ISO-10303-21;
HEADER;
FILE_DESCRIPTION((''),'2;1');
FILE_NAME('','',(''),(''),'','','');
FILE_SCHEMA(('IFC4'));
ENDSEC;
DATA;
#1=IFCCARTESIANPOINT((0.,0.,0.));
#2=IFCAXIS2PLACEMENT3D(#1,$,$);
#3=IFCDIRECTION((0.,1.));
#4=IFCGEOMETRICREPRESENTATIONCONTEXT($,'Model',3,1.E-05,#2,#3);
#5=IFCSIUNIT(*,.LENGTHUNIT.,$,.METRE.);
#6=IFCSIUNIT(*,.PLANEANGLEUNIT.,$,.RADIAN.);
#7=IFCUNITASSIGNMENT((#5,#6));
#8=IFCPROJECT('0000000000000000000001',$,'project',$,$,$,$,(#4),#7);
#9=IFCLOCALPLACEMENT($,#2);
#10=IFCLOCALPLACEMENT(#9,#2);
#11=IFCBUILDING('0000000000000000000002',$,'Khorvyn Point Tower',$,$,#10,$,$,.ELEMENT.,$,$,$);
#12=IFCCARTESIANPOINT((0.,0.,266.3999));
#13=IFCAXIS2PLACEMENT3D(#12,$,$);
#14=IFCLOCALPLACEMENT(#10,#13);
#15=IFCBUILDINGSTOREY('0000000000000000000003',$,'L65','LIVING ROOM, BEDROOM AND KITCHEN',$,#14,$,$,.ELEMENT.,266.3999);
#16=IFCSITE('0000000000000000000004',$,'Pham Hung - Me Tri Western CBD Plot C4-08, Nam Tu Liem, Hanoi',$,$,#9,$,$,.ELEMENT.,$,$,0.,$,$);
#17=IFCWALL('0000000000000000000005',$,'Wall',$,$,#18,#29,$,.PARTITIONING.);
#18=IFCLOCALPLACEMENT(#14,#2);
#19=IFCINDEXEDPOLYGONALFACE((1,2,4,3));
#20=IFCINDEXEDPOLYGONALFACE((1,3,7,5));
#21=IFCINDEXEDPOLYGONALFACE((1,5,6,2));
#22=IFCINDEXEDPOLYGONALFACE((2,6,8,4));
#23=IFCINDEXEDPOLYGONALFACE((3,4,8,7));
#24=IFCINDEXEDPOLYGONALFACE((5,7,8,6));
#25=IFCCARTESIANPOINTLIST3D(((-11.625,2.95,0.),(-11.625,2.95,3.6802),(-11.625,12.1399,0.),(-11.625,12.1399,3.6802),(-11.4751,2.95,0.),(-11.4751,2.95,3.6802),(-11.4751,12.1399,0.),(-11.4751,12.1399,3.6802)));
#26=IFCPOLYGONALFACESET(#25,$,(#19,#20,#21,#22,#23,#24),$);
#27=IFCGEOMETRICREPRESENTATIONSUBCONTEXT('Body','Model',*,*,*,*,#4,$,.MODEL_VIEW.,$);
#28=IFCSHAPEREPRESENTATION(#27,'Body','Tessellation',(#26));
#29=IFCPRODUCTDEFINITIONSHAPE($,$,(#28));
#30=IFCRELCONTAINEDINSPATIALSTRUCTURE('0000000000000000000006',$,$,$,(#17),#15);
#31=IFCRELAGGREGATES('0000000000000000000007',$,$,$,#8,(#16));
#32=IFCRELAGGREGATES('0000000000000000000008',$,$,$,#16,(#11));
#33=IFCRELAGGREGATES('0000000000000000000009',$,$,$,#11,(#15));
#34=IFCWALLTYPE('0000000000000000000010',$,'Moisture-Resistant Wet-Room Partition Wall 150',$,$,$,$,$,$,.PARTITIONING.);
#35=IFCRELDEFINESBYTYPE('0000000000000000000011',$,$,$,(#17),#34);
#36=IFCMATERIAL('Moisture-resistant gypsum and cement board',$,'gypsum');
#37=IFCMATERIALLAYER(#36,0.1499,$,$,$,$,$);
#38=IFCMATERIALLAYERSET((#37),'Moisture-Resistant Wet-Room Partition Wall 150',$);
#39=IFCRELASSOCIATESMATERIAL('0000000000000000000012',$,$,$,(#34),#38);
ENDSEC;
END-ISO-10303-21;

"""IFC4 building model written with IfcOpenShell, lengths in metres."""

from ifc_helpers import new_model, si_unit, direction, frame, frame_2d, origin, place, context, subcontext, project, spatial, rectangle, extrude, material, layer, layer_set, type_object, element, save


model = new_model("IFC4")

# Units and contexts
model_context = context("Model", 3, precision=1e-05, world=origin(), true_north=direction((0.0, 1.0)))
body_context = subcontext(model_context, "Body", "Model", "MODEL_VIEW")
ifc_project = project(units=[si_unit("LENGTHUNIT", "METRE"), si_unit("PLANEANGLEUNIT", "RADIAN")], contexts=[model_context])

# Site, building, storey
site_placement = place(None, origin())
site = spatial("IfcSite", under=ifc_project, at=site_placement, Name="Pham Hung - Me Tri Western CBD Plot C4-08, Nam Tu Liem, Hanoi", CompositionType="ELEMENT", RefElevation=0.0)
building_placement = place(site_placement, origin())
building = spatial("IfcBuilding", under=site, at=building_placement, Name="Khorvyn Point Tower", CompositionType="ELEMENT")
storey_placement = place(building_placement, frame((0.0, 0.0, 266.3999)))
storey = spatial("IfcBuildingStorey", under=building, at=storey_placement, Name="L65", Description="LIVING ROOM, BEDROOM AND KITCHEN", CompositionType="ELEMENT", Elevation=266.3999)

# Wall
ifc_material_1 = material(Name="Moisture-resistant gypsum and cement board", Category="gypsum")
ifc_layer_1 = layer(ifc_material_1, 0.1499)
ifc_layer_set_1 = layer_set([ifc_layer_1], Name="Moisture-Resistant Wet-Room Partition Wall 150")
wall_type_1 = type_object("IfcWallType", Name="Moisture-Resistant Wet-Room Partition Wall 150", PredefinedType="PARTITIONING", material=ifc_layer_set_1)
wall_1_placement = place(storey_placement, frame((-11.55, 2.95, 0.0), z_axis=(0.0, 0.0, 1.0), x_axis=(0.0, 1.0, 0.0)))
element("IfcWall", 1, at=wall_1_placement, inside=storey, type_object=wall_type_1, Name="Wall", PredefinedType="PARTITIONING", context=body_context, shape_type="SweptSolid", body=[
    extrude(rectangle(XDim=9.1899, YDim=0.1499, at=frame_2d((4.595, 0.0))), origin(), (0.0, 0.0, 1.0), 3.6802),
])

save(model, "model.ifc")
